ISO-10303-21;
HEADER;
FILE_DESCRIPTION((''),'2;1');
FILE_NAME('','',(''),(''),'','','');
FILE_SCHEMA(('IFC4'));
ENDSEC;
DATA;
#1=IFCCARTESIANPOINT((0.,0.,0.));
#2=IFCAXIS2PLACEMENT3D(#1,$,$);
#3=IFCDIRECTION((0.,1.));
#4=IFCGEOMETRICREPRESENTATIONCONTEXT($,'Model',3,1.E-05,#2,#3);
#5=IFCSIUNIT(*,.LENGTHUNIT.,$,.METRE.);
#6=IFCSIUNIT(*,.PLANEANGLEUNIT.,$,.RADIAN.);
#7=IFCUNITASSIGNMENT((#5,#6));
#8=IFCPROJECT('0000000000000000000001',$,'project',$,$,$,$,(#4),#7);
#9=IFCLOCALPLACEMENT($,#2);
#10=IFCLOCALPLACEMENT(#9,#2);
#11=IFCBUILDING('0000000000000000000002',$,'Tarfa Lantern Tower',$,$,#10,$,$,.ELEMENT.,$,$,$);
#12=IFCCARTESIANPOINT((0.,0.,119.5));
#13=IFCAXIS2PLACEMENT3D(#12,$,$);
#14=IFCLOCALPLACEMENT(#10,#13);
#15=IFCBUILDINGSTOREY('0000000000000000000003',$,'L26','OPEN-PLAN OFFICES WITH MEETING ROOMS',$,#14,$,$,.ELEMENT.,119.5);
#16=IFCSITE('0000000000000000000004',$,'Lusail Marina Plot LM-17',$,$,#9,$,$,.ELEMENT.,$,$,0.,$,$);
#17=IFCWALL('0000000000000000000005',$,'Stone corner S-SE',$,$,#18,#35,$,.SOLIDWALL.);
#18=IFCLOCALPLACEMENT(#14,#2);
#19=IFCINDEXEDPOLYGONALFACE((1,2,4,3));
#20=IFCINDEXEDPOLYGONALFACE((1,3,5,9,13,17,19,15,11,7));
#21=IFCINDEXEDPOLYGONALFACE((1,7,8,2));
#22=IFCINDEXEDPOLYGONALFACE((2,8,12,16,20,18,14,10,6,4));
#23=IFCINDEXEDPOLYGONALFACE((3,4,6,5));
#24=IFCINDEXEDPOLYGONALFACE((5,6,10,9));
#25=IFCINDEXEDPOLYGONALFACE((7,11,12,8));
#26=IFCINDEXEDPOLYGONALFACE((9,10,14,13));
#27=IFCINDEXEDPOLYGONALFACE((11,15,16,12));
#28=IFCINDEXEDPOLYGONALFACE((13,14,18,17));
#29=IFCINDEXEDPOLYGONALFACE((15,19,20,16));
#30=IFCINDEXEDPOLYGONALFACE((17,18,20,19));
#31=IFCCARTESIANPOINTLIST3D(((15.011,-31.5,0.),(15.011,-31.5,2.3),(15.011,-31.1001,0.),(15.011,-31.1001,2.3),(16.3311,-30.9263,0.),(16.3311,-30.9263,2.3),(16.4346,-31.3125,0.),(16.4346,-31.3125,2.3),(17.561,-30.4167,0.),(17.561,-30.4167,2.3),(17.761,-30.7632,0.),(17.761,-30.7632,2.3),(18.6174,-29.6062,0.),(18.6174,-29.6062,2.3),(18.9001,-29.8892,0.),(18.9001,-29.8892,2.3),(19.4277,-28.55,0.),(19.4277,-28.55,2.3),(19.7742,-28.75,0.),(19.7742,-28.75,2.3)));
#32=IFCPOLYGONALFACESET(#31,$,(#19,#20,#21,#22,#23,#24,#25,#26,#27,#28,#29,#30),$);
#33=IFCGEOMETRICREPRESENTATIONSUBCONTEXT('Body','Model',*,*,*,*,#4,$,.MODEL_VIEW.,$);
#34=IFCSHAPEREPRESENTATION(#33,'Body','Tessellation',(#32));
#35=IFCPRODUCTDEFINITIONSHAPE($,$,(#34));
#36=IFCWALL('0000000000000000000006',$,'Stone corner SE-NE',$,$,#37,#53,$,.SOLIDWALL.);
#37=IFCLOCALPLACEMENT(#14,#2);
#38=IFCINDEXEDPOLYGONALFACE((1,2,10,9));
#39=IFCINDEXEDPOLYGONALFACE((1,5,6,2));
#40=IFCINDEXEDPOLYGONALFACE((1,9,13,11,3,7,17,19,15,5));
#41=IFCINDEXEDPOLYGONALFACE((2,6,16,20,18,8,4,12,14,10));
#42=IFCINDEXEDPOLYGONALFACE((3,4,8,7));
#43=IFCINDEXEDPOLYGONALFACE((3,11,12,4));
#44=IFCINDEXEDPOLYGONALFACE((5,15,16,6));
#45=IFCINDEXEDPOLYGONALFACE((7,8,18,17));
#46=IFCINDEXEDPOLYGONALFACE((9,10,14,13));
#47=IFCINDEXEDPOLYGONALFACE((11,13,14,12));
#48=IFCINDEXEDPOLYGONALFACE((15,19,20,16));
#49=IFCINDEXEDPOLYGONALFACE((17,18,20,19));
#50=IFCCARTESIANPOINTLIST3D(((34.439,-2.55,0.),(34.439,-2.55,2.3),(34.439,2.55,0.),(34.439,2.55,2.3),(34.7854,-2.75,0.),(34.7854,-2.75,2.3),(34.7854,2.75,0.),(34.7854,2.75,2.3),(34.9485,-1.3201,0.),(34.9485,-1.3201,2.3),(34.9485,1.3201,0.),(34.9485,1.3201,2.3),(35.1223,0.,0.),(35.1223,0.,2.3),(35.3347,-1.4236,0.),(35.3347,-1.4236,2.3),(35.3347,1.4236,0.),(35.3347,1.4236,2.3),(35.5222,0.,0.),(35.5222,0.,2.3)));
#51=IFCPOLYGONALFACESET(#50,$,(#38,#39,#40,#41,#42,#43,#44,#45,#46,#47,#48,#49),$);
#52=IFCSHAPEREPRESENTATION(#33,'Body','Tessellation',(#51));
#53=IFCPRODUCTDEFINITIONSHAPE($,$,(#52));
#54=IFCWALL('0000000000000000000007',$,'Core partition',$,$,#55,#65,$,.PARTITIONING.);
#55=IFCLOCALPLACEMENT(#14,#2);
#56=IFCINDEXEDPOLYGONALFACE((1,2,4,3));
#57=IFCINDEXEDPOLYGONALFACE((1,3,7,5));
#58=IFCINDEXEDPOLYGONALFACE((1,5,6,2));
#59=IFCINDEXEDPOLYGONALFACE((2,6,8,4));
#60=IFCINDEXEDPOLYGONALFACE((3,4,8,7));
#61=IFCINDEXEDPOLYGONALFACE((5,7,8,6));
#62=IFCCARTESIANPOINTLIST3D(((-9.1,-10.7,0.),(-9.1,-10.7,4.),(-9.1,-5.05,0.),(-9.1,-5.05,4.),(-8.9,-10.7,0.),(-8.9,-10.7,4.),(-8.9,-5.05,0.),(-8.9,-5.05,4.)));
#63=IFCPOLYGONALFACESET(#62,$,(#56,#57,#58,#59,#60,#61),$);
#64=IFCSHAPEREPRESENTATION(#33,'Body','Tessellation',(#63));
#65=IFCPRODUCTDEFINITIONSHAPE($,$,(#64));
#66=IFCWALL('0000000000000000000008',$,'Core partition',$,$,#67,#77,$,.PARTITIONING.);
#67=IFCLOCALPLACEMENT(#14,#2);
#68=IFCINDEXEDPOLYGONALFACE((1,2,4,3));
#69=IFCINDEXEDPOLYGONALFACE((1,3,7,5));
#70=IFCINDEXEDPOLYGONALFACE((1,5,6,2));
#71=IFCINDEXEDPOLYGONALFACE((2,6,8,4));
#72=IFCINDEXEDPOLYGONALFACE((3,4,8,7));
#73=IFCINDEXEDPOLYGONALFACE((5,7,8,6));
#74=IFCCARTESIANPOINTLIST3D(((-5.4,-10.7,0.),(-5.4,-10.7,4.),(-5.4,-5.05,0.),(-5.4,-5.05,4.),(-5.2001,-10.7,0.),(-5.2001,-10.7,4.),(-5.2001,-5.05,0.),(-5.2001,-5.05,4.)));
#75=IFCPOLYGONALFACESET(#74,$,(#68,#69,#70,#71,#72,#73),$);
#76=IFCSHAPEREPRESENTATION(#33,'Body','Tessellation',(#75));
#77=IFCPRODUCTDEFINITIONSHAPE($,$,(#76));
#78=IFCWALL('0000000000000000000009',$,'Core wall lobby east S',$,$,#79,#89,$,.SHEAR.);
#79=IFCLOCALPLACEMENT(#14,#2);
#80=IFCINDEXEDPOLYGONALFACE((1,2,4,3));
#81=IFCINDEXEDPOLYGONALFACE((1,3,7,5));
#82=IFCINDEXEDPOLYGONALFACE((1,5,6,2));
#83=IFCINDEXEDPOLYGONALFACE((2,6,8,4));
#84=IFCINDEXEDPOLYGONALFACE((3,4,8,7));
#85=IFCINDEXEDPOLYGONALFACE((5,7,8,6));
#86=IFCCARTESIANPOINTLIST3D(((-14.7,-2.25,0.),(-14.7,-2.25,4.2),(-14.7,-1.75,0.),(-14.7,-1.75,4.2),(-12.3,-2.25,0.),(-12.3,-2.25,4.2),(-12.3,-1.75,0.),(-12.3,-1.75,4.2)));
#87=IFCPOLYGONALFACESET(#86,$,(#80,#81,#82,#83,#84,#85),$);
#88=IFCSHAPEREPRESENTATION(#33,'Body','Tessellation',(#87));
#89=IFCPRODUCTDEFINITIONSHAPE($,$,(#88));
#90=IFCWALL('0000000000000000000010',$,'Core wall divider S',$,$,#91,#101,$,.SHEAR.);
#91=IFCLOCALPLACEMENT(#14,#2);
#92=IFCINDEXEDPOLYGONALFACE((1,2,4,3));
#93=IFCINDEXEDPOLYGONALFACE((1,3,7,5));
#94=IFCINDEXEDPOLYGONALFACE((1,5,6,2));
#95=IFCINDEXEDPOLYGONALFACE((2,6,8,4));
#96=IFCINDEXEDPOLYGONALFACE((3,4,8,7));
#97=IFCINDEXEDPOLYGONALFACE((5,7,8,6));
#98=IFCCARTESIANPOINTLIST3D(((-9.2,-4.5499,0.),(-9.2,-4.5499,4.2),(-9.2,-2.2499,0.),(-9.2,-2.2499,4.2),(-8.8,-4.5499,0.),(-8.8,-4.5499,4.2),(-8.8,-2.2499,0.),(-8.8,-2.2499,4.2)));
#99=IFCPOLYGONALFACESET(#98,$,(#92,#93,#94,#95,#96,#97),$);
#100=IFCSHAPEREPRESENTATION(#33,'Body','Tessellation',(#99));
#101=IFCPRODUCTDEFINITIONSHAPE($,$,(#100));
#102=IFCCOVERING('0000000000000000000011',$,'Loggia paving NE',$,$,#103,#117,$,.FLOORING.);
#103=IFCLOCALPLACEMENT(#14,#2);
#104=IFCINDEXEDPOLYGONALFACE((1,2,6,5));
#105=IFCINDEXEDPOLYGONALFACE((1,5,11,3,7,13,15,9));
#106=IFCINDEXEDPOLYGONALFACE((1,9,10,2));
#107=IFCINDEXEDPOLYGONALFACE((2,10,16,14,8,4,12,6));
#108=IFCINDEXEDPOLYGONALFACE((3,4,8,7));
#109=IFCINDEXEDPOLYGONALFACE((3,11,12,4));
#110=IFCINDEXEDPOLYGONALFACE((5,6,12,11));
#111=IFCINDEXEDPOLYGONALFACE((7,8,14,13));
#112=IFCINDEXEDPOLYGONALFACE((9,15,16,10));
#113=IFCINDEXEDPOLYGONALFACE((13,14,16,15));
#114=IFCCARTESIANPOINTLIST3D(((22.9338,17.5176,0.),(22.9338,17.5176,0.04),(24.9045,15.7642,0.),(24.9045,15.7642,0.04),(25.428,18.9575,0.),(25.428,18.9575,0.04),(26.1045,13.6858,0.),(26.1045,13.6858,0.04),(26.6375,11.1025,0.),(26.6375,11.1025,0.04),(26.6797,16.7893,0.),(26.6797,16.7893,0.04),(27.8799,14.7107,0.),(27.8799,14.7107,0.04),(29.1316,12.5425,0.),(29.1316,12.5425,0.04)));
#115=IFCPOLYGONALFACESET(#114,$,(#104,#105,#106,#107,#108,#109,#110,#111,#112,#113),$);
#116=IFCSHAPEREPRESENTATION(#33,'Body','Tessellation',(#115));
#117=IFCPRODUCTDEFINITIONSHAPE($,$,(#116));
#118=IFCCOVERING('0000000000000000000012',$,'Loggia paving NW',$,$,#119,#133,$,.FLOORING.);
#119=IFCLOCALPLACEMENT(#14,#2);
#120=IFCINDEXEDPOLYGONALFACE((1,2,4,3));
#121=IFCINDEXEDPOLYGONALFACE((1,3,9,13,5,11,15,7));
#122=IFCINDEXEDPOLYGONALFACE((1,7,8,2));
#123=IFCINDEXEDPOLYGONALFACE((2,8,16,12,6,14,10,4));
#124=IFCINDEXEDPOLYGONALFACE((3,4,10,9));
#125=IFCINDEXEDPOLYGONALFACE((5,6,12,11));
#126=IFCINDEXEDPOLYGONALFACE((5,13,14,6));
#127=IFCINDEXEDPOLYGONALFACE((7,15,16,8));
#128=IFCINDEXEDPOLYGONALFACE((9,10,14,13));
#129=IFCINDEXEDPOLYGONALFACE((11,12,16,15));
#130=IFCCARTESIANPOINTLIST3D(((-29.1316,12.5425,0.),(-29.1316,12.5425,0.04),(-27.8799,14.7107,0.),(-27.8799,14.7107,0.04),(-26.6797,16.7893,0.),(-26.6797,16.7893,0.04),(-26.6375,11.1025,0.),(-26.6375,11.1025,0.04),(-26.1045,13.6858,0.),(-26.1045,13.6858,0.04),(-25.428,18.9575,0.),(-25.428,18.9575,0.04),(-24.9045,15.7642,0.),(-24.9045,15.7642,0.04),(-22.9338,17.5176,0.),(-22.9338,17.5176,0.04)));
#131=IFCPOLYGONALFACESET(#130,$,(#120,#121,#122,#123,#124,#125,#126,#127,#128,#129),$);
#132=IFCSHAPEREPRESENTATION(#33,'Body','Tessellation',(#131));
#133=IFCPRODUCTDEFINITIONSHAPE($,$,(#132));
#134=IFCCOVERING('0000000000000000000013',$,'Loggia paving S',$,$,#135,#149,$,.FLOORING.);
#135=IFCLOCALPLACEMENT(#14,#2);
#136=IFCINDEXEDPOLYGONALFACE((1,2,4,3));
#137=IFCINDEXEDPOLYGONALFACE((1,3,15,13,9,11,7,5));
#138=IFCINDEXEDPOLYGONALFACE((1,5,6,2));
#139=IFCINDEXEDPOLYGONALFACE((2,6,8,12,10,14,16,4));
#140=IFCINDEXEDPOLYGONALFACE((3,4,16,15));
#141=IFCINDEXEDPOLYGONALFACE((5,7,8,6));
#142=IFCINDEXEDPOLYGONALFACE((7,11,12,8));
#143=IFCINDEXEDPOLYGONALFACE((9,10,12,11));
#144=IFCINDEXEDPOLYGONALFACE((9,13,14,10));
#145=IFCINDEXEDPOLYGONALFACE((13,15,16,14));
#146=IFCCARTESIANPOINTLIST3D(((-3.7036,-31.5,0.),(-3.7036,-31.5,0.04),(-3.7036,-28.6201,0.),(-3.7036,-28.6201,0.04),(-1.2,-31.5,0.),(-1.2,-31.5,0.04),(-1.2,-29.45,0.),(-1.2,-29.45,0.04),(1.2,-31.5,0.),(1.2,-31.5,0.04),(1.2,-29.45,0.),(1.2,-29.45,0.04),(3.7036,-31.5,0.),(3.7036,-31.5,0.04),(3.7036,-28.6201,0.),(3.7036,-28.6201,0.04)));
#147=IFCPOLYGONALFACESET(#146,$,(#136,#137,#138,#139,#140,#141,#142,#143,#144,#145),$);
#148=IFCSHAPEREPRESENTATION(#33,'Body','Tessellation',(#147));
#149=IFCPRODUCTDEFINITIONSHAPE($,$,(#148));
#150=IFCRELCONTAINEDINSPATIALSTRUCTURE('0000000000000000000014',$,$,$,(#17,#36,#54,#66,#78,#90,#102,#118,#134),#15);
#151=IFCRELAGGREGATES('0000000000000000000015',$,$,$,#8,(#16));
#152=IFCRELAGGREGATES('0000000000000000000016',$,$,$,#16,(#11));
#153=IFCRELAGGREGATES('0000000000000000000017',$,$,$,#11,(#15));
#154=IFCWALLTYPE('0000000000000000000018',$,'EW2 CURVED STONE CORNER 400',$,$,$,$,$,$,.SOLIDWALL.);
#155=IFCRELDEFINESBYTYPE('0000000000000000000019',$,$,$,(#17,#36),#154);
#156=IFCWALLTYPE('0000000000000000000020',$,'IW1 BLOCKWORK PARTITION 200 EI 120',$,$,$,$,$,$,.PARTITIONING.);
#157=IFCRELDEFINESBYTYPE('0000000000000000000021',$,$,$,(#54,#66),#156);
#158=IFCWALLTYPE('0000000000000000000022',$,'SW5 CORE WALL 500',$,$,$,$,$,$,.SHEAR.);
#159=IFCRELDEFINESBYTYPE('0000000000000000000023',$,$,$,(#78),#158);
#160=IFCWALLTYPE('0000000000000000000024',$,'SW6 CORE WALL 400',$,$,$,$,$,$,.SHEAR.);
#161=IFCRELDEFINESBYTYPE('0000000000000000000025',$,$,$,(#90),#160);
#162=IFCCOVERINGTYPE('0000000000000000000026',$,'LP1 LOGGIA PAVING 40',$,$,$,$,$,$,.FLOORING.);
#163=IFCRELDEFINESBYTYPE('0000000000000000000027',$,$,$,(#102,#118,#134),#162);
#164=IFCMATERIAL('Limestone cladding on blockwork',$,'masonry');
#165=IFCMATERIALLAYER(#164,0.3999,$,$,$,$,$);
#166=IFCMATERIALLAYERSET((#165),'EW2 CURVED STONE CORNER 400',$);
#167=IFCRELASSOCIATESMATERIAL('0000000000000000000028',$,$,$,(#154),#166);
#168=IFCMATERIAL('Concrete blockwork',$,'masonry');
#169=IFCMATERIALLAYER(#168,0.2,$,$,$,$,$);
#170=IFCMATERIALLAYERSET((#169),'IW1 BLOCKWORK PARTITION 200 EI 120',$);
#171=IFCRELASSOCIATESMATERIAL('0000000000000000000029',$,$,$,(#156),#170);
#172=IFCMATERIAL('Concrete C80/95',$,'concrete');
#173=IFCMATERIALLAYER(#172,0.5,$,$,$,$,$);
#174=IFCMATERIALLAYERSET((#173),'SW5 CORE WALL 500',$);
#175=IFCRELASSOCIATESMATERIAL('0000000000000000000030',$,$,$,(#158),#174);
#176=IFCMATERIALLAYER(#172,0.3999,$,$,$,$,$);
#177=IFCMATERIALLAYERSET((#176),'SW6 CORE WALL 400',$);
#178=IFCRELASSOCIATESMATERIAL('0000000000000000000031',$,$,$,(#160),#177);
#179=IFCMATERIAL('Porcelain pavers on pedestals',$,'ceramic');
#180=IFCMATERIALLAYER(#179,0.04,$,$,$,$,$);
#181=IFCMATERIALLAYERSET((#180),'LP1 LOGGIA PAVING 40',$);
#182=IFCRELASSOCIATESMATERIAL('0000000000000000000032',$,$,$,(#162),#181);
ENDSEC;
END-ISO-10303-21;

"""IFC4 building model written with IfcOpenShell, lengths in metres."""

from ifc_helpers import new_model, si_unit, direction, frame, frame_2d, origin, place, context, subcontext, project, spatial, polyline, rectangle, outline, extrude, material, layer, layer_set, type_object, element, save


model = new_model("IFC4")

# Units and contexts
model_context = context("Model", 3, precision=1e-05, world=origin(), true_north=direction((0.0, 1.0)))
body_context = subcontext(model_context, "Body", "Model", "MODEL_VIEW")
ifc_project = project(units=[si_unit("LENGTHUNIT", "METRE"), si_unit("PLANEANGLEUNIT", "RADIAN")], contexts=[model_context])

# Site, building, storey
site_placement = place(None, origin())
site = spatial("IfcSite", under=ifc_project, at=site_placement, Name="Lusail Marina Plot LM-17", CompositionType="ELEMENT", RefElevation=0.0)
building_placement = place(site_placement, origin())
building = spatial("IfcBuilding", under=site, at=building_placement, Name="Tarfa Lantern Tower", CompositionType="ELEMENT")
storey_placement = place(building_placement, frame((0.0, 0.0, 119.5)))
storey = spatial("IfcBuildingStorey", under=building, at=storey_placement, Name="L26", Description="OPEN-PLAN OFFICES WITH MEETING ROOMS", CompositionType="ELEMENT", Elevation=119.5)

# Walls
ifc_material_1 = material(Name="Limestone cladding on blockwork", Category="masonry")
ifc_layer_1 = layer(ifc_material_1, 0.3999)
ifc_layer_set_1 = layer_set([ifc_layer_1], Name="EW2 CURVED STONE CORNER 400")
wall_type_1 = type_object("IfcWallType", Name="EW2 CURVED STONE CORNER 400", PredefinedType="SOLIDWALL", material=ifc_layer_set_1)
wall_1_placement = place(storey_placement, origin())
element("IfcWall", 1, at=wall_1_placement, inside=storey, type_object=wall_type_1, Name="Stone corner S-SE", PredefinedType="SOLIDWALL", context=body_context, shape_type="SweptSolid", body=[
    extrude(outline(polyline([(15.011, -31.5), (16.4346, -31.3125), (17.761, -30.7632), (18.9001, -29.8892), (19.7742, -28.75), (19.4277, -28.55), (18.6174, -29.6062), (17.561, -30.4167), (16.3311, -30.9263), (15.011, -31.1001), (15.011, -31.5)])), origin(), (0.0, 0.0, 1.0), 2.3),
])
wall_2_placement = place(storey_placement, origin())
element("IfcWall", 2, at=wall_2_placement, inside=storey, type_object=wall_type_1, Name="Stone corner SE-NE", PredefinedType="SOLIDWALL", context=body_context, shape_type="SweptSolid", body=[
    extrude(outline(polyline([(34.7854, -2.75), (35.3347, -1.4236), (35.5222, 0.0), (35.3347, 1.4236), (34.7854, 2.75), (34.439, 2.55), (34.9485, 1.3201), (35.1223, 0.0), (34.9485, -1.3201), (34.439, -2.55), (34.7854, -2.75)])), origin(), (0.0, 0.0, 1.0), 2.3),
])
ifc_material_2 = material(Name="Concrete blockwork", Category="masonry")
ifc_layer_2 = layer(ifc_material_2, 0.2)
ifc_layer_set_2 = layer_set([ifc_layer_2], Name="IW1 BLOCKWORK PARTITION 200 EI 120")
wall_type_2 = type_object("IfcWallType", Name="IW1 BLOCKWORK PARTITION 200 EI 120", PredefinedType="PARTITIONING", material=ifc_layer_set_2)
for number, where, z_axis, x_axis, name in (
    (3, (-9.0, -5.05, 0.0), (0.0, 0.0, 1.0), (0.0, -1.0, 0.0), "Core partition"),
    (4, (-5.3, -5.05, 0.0), (0.0, 0.0, 1.0), (0.0, -1.0, 0.0), "Core partition"),
):
    element("IfcWall", number, at=place(storey_placement, frame(where, z_axis=z_axis, x_axis=x_axis)), inside=storey, type_object=wall_type_2, Name=name, PredefinedType="PARTITIONING", context=body_context, shape_type="SweptSolid", body=[
        extrude(rectangle(XDim=5.6499, YDim=0.2, at=frame_2d((2.825, 0.0))), origin(), (0.0, 0.0, 1.0), 4.0),
    ])
ifc_material_3 = material(Name="Concrete C80/95", Category="concrete")
ifc_layer_3 = layer(ifc_material_3, 0.5)
ifc_layer_set_3 = layer_set([ifc_layer_3], Name="SW5 CORE WALL 500")
wall_type_3 = type_object("IfcWallType", Name="SW5 CORE WALL 500", PredefinedType="SHEAR", material=ifc_layer_set_3)
wall_3_placement = place(storey_placement, frame((-12.3, -2.0, 0.0), z_axis=(0.0, 0.0, 1.0), x_axis=(-1.0, 0.0, 0.0)))
element("IfcWall", 5, at=wall_3_placement, inside=storey, type_object=wall_type_3, Name="Core wall lobby east S", PredefinedType="SHEAR", context=body_context, shape_type="SweptSolid", body=[
    extrude(rectangle(XDim=2.3999, YDim=0.5, at=frame_2d((1.2, 0.0))), origin(), (0.0, 0.0, 1.0), 4.2),
])
ifc_layer_4 = layer(ifc_material_3, 0.3999)
ifc_layer_set_4 = layer_set([ifc_layer_4], Name="SW6 CORE WALL 400")
wall_type_4 = type_object("IfcWallType", Name="SW6 CORE WALL 400", PredefinedType="SHEAR", material=ifc_layer_set_4)
wall_4_placement = place(storey_placement, frame((-9.0, -2.25, 0.0), z_axis=(0.0, 0.0, 1.0), x_axis=(0.0, -1.0, 0.0)))
element("IfcWall", 6, at=wall_4_placement, inside=storey, type_object=wall_type_4, Name="Core wall divider S", PredefinedType="SHEAR", context=body_context, shape_type="SweptSolid", body=[
    extrude(rectangle(XDim=2.3, YDim=0.3999, at=frame_2d((1.1499, 0.0))), origin(), (0.0, 0.0, 1.0), 4.2),
])

# Coverings
ifc_material_4 = material(Name="Porcelain pavers on pedestals", Category="ceramic")
ifc_layer_5 = layer(ifc_material_4, 0.04)
ifc_layer_set_5 = layer_set([ifc_layer_5], Name="LP1 LOGGIA PAVING 40")
covering_type = type_object("IfcCoveringType", Name="LP1 LOGGIA PAVING 40", PredefinedType="FLOORING", material=ifc_layer_set_5)
covering_1_placement = place(storey_placement, origin())
element("IfcCovering", 7, at=covering_1_placement, inside=storey, type_object=covering_type, Name="Loggia paving NE", PredefinedType="FLOORING", context=body_context, shape_type="SweptSolid", body=[
    extrude(outline(polyline([(29.1316, 12.5425), (26.6375, 11.1025), (22.9338, 17.5176), (25.428, 18.9575), (26.6797, 16.7893), (24.9045, 15.7642), (26.1045, 13.6858), (27.8799, 14.7107), (29.1316, 12.5425)])), origin(), (0.0, 0.0, 1.0), 0.04),
])
covering_2_placement = place(storey_placement, origin())
element("IfcCovering", 8, at=covering_2_placement, inside=storey, type_object=covering_type, Name="Loggia paving NW", PredefinedType="FLOORING", context=body_context, shape_type="SweptSolid", body=[
    extrude(outline(polyline([(-25.428, 18.9575), (-22.9338, 17.5176), (-26.6375, 11.1025), (-29.1316, 12.5425), (-27.8799, 14.7107), (-26.1045, 13.6858), (-24.9045, 15.7642), (-26.6797, 16.7893), (-25.428, 18.9575)])), origin(), (0.0, 0.0, 1.0), 0.04),
])
covering_3_placement = place(storey_placement, origin())
element("IfcCovering", 9, at=covering_3_placement, inside=storey, type_object=covering_type, Name="Loggia paving S", PredefinedType="FLOORING", context=body_context, shape_type="SweptSolid", body=[
    extrude(outline(polyline([(-3.7036, -31.5), (-3.7036, -28.6201), (3.7036, -28.6201), (3.7036, -31.5), (1.2, -31.5), (1.2, -29.45), (-1.2, -29.45), (-1.2, -31.5), (-3.7036, -31.5)])), origin(), (0.0, 0.0, 1.0), 0.04),
])

save(model, "model.ifc")
